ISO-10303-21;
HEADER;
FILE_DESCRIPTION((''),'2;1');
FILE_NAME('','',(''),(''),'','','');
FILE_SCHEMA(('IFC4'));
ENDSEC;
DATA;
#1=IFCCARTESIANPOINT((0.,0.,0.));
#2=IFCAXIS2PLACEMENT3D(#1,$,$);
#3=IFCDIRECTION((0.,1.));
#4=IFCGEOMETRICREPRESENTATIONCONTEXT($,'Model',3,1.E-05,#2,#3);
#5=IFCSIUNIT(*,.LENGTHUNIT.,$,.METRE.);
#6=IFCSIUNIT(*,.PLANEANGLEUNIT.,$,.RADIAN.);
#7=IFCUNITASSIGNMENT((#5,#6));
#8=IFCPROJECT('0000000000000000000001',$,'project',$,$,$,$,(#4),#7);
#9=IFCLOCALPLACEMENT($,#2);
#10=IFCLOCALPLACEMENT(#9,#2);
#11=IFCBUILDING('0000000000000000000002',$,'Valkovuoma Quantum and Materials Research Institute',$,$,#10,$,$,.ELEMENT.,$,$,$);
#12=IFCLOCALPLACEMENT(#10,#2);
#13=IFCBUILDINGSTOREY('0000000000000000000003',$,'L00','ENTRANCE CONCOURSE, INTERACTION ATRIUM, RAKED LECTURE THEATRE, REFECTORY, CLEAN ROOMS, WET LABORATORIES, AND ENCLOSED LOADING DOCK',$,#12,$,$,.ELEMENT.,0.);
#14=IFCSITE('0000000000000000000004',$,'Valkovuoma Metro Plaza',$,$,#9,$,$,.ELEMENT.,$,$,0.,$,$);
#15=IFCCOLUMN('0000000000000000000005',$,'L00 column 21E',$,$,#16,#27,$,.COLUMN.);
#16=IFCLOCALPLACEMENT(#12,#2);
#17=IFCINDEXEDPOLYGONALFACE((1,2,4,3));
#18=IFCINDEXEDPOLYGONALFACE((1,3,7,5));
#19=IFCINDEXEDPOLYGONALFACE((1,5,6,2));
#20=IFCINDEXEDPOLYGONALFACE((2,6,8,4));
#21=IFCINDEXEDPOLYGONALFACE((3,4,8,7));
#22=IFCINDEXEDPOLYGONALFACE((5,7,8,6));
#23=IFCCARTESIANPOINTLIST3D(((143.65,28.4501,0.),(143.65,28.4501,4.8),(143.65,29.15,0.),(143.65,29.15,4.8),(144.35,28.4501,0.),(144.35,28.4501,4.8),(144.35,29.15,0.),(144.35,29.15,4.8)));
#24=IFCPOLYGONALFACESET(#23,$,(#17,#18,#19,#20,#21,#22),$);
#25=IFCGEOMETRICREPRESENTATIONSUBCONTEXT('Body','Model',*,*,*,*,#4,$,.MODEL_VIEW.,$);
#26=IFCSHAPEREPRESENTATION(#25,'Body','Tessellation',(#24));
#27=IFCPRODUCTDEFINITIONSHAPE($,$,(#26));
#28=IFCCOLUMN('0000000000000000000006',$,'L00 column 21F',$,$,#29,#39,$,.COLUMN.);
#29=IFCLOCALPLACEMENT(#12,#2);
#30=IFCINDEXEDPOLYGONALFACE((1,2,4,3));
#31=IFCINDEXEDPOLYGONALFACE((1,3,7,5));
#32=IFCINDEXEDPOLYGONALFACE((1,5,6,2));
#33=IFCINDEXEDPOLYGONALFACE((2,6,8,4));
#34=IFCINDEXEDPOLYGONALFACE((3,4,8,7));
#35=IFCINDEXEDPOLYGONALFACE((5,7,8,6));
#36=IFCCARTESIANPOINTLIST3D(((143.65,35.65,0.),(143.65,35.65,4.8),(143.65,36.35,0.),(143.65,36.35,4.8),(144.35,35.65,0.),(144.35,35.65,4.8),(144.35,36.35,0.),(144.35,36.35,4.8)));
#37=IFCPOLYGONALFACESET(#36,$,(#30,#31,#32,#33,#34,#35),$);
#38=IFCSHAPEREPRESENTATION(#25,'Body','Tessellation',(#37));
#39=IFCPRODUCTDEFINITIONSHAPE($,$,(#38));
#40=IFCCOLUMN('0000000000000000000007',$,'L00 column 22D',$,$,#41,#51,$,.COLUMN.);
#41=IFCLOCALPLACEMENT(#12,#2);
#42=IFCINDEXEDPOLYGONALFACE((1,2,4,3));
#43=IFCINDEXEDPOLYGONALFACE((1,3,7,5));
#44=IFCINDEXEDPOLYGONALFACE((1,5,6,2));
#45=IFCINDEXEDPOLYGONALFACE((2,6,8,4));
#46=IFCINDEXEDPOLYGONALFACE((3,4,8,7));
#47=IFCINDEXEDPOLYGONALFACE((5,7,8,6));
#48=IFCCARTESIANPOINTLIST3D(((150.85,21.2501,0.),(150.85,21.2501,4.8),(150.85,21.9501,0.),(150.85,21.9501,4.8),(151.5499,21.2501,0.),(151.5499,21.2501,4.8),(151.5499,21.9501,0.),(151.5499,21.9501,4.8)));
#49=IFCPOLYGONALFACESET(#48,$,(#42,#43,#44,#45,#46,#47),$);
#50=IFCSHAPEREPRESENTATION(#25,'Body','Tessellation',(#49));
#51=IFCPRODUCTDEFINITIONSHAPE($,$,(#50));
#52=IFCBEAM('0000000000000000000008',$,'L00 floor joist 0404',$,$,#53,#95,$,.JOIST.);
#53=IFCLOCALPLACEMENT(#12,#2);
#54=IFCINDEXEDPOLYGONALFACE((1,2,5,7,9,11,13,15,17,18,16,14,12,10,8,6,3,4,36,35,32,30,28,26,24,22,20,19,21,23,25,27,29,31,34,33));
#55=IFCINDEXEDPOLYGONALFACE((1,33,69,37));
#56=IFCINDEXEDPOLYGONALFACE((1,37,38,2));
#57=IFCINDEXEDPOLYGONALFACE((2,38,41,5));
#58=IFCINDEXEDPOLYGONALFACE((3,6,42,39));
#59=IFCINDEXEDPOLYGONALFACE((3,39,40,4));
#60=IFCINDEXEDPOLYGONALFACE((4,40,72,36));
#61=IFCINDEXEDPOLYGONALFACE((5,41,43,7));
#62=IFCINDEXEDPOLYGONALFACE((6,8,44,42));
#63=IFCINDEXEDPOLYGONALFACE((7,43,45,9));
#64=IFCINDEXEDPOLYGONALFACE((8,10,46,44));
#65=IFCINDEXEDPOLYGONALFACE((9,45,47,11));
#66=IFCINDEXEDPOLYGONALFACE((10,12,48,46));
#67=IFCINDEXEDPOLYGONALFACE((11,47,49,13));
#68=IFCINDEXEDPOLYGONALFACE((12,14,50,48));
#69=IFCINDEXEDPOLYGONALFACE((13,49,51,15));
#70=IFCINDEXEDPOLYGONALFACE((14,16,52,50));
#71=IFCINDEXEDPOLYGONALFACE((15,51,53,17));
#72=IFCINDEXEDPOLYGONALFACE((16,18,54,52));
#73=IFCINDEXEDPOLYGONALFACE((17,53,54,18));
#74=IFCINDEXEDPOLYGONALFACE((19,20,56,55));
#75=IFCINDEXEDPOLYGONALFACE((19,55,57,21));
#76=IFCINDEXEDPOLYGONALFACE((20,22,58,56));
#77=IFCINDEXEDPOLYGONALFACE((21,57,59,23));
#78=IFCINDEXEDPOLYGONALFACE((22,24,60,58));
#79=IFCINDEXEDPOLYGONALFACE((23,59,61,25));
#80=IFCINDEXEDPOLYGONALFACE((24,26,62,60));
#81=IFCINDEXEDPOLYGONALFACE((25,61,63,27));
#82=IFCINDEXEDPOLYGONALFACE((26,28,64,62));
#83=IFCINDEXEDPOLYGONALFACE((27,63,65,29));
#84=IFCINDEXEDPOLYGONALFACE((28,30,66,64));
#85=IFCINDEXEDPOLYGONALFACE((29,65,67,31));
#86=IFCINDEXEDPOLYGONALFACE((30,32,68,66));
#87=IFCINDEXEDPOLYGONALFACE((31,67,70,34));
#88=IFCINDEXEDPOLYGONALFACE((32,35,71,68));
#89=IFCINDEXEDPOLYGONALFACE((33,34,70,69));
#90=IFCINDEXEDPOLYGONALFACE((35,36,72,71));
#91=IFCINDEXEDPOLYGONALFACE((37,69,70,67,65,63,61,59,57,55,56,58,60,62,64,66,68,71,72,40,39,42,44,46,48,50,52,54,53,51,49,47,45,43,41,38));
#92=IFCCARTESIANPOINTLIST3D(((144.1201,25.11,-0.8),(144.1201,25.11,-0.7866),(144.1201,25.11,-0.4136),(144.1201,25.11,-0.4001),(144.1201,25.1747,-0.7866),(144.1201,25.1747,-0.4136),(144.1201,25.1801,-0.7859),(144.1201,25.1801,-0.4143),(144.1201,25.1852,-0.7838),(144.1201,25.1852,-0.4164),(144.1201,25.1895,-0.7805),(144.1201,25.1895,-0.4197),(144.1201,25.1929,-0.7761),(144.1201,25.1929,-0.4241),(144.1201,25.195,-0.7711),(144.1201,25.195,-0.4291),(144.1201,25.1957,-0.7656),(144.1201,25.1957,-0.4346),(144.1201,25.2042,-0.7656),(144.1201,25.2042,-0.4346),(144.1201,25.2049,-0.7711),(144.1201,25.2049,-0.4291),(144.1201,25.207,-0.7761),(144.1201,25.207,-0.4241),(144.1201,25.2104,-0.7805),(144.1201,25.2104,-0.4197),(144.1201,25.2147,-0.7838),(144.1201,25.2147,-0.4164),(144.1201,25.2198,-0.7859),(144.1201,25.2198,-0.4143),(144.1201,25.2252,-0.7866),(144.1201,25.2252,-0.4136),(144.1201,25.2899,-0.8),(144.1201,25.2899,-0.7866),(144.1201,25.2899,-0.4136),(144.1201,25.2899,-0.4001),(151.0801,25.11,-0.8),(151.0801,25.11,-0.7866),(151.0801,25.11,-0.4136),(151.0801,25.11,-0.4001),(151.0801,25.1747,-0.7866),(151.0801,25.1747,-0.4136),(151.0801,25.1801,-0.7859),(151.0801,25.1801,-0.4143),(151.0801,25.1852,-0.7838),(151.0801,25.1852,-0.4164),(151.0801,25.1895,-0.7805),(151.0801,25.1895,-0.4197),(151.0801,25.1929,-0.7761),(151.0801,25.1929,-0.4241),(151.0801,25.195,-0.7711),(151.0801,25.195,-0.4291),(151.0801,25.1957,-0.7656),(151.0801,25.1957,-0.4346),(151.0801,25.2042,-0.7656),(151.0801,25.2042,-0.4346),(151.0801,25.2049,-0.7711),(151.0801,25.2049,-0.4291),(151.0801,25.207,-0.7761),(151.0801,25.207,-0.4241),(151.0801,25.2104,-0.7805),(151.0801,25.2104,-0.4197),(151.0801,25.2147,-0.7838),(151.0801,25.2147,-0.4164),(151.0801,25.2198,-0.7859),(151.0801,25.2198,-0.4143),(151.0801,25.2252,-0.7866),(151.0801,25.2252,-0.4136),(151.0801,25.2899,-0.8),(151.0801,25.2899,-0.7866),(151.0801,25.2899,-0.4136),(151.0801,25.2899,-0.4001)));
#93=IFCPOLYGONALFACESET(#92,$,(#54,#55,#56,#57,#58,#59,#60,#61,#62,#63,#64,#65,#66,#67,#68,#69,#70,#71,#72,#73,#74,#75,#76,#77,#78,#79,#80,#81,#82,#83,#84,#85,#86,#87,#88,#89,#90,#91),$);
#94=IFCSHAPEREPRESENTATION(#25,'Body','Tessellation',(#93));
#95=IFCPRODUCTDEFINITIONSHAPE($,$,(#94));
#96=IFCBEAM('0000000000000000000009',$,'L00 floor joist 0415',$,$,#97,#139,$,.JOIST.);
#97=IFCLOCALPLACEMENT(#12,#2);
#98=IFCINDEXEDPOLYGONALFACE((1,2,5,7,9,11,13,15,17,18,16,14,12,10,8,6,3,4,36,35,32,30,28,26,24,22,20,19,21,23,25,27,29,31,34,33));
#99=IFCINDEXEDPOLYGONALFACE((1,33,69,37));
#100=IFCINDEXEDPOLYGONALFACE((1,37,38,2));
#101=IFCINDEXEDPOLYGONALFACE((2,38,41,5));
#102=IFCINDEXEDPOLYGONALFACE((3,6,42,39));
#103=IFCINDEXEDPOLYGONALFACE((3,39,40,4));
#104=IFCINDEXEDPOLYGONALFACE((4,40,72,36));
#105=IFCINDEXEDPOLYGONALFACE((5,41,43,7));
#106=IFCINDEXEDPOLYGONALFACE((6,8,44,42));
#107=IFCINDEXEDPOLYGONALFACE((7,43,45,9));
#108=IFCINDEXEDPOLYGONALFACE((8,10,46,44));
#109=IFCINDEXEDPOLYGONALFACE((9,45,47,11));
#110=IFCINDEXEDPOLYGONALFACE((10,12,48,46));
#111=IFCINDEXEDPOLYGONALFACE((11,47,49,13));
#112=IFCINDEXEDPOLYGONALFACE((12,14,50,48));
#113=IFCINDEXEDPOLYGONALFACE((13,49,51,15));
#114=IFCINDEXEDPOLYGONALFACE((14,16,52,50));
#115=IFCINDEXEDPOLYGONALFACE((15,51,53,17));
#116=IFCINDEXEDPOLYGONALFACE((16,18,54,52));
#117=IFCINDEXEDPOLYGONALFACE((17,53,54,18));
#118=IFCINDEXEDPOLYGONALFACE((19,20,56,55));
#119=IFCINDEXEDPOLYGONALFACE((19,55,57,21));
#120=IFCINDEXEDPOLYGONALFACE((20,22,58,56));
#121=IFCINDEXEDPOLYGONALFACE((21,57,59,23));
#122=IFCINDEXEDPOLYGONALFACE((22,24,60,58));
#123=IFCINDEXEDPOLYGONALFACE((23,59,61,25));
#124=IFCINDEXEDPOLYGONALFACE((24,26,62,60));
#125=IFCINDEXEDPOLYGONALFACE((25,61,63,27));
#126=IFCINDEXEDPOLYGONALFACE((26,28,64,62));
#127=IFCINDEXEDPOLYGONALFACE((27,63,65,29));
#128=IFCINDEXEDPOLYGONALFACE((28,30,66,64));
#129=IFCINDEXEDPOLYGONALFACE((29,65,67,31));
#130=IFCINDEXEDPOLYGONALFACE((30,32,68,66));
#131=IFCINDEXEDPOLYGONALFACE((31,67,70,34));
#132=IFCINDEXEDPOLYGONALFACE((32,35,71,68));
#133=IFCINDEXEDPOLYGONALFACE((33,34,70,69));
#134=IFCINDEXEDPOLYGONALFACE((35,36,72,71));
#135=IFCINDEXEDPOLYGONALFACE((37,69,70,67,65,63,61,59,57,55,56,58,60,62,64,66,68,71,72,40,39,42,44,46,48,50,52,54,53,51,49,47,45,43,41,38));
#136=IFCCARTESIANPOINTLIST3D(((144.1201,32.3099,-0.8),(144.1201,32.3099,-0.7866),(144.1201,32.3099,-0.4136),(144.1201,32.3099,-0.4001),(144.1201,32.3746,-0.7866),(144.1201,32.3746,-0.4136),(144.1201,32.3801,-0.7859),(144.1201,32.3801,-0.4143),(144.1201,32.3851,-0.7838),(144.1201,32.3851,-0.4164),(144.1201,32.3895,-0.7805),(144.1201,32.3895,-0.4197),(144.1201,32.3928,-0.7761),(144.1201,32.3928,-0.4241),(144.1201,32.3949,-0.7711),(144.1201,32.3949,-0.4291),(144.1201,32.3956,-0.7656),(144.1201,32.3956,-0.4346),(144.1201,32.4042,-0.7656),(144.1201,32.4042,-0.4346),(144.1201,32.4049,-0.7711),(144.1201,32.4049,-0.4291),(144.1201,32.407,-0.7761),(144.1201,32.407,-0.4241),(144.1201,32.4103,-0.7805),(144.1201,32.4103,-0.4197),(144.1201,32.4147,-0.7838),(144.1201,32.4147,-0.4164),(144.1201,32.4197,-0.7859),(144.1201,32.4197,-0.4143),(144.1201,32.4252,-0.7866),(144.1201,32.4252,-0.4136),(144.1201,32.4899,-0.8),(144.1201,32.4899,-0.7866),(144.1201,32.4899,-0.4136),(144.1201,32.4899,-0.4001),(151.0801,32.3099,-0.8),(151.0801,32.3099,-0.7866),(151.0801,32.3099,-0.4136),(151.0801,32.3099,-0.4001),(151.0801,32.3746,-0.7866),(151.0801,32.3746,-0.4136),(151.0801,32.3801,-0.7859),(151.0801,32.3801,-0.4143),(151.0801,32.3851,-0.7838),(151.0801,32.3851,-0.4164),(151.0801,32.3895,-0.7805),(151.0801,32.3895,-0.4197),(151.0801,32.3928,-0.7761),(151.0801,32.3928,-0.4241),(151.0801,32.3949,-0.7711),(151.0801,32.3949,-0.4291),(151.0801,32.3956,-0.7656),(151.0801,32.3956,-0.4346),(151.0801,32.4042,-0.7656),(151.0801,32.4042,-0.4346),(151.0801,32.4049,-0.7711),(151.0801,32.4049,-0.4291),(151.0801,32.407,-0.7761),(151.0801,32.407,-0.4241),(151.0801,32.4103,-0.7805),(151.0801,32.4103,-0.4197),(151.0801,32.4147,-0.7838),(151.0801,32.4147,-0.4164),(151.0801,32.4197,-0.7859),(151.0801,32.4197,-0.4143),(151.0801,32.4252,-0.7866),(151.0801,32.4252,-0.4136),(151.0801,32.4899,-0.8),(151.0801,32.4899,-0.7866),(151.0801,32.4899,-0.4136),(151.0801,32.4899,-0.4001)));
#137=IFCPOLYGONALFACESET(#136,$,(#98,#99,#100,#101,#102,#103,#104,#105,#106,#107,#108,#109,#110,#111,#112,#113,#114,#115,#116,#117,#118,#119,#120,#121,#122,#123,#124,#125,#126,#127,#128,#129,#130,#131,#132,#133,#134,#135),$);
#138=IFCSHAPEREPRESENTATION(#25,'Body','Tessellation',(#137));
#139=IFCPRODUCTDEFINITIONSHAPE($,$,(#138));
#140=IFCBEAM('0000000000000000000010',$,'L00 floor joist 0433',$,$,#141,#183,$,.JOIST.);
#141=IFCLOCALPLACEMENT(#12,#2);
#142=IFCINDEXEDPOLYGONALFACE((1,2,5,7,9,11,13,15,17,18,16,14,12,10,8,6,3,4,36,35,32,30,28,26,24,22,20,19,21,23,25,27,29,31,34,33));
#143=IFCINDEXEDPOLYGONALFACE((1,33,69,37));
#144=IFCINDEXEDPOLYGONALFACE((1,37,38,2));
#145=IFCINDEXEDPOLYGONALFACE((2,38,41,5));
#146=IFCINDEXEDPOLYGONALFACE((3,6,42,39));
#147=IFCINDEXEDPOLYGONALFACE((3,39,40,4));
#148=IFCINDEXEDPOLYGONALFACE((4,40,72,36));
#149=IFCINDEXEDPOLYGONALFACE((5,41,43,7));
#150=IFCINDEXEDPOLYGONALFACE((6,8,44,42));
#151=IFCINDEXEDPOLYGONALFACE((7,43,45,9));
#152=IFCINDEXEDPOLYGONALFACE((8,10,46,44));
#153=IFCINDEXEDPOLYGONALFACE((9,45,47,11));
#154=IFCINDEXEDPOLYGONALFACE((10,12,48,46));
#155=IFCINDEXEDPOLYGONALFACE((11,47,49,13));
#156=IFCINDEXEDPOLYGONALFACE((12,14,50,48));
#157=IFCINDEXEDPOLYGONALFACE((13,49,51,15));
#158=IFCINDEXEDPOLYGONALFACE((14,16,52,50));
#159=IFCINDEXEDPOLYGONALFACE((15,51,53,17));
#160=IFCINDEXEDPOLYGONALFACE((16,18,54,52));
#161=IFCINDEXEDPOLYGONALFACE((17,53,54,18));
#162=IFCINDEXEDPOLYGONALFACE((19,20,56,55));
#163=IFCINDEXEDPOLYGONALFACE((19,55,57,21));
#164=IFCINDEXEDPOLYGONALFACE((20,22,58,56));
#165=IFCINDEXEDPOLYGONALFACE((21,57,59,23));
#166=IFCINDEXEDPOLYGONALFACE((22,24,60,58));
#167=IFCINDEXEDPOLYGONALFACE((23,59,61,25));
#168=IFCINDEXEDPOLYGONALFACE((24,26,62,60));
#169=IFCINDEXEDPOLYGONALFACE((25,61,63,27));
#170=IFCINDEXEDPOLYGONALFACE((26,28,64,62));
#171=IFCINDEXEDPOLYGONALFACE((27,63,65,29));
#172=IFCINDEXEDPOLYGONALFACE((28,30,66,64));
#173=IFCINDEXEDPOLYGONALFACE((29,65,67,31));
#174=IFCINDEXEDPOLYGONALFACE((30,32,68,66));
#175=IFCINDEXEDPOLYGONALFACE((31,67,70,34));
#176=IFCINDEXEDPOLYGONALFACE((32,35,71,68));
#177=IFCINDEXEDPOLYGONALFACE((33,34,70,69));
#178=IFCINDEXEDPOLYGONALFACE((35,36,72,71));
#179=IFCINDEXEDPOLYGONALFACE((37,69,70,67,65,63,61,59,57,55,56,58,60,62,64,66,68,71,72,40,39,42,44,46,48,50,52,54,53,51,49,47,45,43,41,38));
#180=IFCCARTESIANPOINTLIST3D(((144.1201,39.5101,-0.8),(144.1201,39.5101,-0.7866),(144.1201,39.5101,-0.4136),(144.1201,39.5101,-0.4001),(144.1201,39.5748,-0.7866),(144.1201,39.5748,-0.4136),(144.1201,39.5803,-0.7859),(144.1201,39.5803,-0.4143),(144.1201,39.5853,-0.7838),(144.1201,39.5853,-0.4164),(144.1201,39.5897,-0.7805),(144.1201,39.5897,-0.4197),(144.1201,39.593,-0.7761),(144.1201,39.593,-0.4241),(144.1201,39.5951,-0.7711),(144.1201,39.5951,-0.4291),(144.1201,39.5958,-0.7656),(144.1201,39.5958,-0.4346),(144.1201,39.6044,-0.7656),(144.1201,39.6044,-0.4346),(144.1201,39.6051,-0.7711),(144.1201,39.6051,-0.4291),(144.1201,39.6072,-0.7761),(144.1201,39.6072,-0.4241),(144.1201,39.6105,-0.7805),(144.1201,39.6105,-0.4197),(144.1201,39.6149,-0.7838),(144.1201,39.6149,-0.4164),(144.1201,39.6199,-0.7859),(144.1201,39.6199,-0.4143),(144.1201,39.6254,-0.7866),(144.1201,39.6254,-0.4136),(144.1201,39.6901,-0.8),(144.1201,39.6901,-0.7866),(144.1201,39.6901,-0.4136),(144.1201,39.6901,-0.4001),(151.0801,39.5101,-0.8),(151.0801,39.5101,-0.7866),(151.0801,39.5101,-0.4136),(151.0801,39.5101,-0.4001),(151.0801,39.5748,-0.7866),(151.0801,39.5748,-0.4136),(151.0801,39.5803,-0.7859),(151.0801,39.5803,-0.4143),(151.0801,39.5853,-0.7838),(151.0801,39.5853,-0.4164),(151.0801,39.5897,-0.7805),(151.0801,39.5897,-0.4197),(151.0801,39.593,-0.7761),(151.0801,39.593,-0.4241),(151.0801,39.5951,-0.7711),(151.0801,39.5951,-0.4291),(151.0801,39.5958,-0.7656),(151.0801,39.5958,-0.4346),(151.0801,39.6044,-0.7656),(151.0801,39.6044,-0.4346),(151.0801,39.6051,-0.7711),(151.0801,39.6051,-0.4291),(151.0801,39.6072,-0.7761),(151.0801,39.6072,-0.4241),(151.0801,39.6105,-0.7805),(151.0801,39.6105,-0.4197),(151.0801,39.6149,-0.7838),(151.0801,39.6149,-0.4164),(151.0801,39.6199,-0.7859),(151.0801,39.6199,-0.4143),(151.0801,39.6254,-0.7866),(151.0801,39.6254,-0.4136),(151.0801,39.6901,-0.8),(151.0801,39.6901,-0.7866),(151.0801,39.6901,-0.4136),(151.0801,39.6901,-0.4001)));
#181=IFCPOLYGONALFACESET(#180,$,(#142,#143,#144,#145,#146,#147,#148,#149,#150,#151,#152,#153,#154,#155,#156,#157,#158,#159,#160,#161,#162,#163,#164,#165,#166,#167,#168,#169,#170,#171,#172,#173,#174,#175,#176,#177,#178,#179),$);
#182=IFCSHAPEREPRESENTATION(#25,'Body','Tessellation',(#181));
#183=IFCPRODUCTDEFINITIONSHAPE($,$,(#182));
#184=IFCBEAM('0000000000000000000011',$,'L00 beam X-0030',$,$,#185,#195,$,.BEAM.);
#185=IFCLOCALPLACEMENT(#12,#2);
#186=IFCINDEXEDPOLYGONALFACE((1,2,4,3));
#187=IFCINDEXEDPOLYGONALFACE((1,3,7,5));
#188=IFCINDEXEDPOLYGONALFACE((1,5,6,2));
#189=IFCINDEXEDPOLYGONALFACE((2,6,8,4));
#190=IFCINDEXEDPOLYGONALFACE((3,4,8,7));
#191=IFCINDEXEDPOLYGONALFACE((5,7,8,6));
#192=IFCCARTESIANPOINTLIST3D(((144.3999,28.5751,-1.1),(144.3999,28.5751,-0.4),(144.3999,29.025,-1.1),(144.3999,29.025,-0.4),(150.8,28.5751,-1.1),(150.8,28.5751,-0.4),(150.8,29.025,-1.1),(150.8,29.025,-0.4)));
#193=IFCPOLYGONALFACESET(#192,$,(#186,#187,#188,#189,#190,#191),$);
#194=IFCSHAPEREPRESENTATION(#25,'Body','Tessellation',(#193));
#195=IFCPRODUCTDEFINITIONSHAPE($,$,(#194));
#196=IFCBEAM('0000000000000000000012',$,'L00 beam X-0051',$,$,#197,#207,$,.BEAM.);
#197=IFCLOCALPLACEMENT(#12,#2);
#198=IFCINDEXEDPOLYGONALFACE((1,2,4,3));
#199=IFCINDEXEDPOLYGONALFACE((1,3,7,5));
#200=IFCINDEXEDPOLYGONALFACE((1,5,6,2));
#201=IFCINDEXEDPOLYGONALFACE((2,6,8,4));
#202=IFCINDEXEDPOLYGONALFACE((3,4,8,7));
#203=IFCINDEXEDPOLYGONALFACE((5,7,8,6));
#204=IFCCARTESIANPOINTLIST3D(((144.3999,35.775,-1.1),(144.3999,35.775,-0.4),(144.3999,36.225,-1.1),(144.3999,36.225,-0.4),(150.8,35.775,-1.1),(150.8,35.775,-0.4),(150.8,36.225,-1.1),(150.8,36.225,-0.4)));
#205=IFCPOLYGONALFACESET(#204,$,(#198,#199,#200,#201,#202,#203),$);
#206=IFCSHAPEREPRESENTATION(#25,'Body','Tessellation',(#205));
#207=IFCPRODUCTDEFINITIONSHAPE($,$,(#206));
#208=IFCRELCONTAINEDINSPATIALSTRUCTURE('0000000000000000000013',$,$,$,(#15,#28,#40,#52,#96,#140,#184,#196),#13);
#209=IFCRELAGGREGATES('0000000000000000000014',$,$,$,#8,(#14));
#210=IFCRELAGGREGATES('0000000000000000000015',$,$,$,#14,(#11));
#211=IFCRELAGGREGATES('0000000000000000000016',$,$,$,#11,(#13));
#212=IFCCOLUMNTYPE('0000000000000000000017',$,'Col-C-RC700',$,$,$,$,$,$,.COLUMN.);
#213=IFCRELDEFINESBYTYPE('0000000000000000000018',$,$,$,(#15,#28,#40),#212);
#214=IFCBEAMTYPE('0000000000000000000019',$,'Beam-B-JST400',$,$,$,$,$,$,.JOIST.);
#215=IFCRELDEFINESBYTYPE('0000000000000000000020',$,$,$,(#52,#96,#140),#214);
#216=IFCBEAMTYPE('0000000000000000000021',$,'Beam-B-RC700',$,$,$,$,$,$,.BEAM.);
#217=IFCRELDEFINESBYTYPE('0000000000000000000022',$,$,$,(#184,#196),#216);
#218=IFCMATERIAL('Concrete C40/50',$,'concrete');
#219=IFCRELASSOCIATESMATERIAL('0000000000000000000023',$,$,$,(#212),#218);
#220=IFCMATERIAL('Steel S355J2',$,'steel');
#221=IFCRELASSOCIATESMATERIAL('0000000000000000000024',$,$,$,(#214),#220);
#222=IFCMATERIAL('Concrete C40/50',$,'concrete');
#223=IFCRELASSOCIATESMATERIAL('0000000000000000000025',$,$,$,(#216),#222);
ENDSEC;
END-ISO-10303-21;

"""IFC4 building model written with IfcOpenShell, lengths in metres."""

from ifc_helpers import new_model, si_unit, direction, frame, origin, origin_2d, place, context, subcontext, project, spatial, rectangle, i_section, extrude, material, material_profile, profile_set, type_object, element, save


model = new_model("IFC4")

# Units and contexts
model_context = context("Model", 3, precision=1e-05, world=origin(), true_north=direction((0.0, 1.0)))
body_context = subcontext(model_context, "Body", "Model", "MODEL_VIEW")
ifc_project = project(units=[si_unit("LENGTHUNIT", "METRE"), si_unit("PLANEANGLEUNIT", "RADIAN")], contexts=[model_context])

# Site, building, storey
site_placement = place(None, origin())
site = spatial("IfcSite", under=ifc_project, at=site_placement, Name="Valkovuoma Metro Plaza", CompositionType="ELEMENT", RefElevation=0.0)
building_placement = place(site_placement, origin())
building = spatial("IfcBuilding", under=site, at=building_placement, Name="Valkovuoma Quantum and Materials Research Institute", CompositionType="ELEMENT")
storey_placement = place(building_placement, origin())
storey = spatial("IfcBuildingStorey", under=building, at=storey_placement, Name="L00", Description="ENTRANCE CONCOURSE, INTERACTION ATRIUM, RAKED LECTURE THEATRE, REFECTORY, CLEAN ROOMS, WET LABORATORIES, AND ENCLOSED LOADING DOCK", CompositionType="ELEMENT", Elevation=0.0)

# Columns
ifc_material_1 = material(Name="Concrete C40/50", Category="concrete")
ifc_material_profile_1 = material_profile(ifc_material_1, rectangle(XDim=0.7, YDim=0.7, at=origin_2d()), Name="Concrete C40/50")
ifc_profile_set_1 = profile_set([ifc_material_profile_1], Name="Concrete C40/50")
column_type = type_object("IfcColumnType", Name="Col-C-RC700", PredefinedType="COLUMN", material=ifc_profile_set_1)
for number, where, z_axis, x_axis, name in (
    (1, (144.0, 28.8, 0.0), (0.0, 0.0, 1.0), (1.0, 0.0, 0.0), "L00 column 21E"),
    (2, (144.0, 36.0, 0.0), (0.0, 0.0, 1.0), (1.0, 0.0, 0.0), "L00 column 21F"),
    (3, (151.2, 21.6001, 0.0), (0.0, 0.0, 1.0), (1.0, 0.0, 0.0), "L00 column 22D"),
):
    element("IfcColumn", number, at=place(storey_placement, frame(where, z_axis=z_axis, x_axis=x_axis)), inside=storey, type_object=column_type, Name=name, PredefinedType="COLUMN", context=body_context, shape_type="SweptSolid", body=[
        extrude(rectangle(XDim=0.7, YDim=0.7, at=origin_2d()), origin(), (0.0, 0.0, 1.0), 4.8),
    ])

# Beams
ifc_material_2 = material(Name="Steel S355J2", Category="steel")
ifc_material_profile_2 = material_profile(ifc_material_2, i_section(OverallWidth=0.1799, OverallDepth=0.3999, WebThickness=0.0085, FlangeThickness=0.0134, FilletRadius=0.021, at=origin_2d()), Name="Steel S355J2")
ifc_profile_set_2 = profile_set([ifc_material_profile_2], Name="Steel S355J2")
beam_type_1 = type_object("IfcBeamType", Name="Beam-B-JST400", PredefinedType="JOIST", material=ifc_profile_set_2)
for number, where, z_axis, x_axis, name in (
    (4, (144.1201, 25.2, -0.6001), (1.0, 0.0, 0.0), (0.0, 1.0, 0.0), "L00 floor joist 0404"),
    (5, (144.1201, 32.3999, -0.6001), (1.0, 0.0, 0.0), (0.0, 1.0, 0.0), "L00 floor joist 0415"),
    (6, (144.1201, 39.6001, -0.6001), (1.0, 0.0, 0.0), (0.0, 1.0, 0.0), "L00 floor joist 0433"),
):
    element("IfcBeam", number, at=place(storey_placement, frame(where, z_axis=z_axis, x_axis=x_axis)), inside=storey, type_object=beam_type_1, Name=name, PredefinedType="JOIST", context=body_context, shape_type="SweptSolid", body=[
        extrude(i_section(OverallWidth=0.1799, OverallDepth=0.3999, WebThickness=0.0085, FlangeThickness=0.0134, FilletRadius=0.021, at=origin_2d()), origin(), (0.0, 0.0, 1.0), 6.96),
    ])
ifc_material_3 = material(Name="Concrete C40/50", Category="concrete")
ifc_material_profile_3 = material_profile(ifc_material_3, rectangle(XDim=0.45, YDim=0.7, at=origin_2d()), Name="Concrete C40/50")
ifc_profile_set_3 = profile_set([ifc_material_profile_3], Name="Concrete C40/50")
beam_type_2 = type_object("IfcBeamType", Name="Beam-B-RC700", PredefinedType="BEAM", material=ifc_profile_set_3)
for number, where, z_axis, x_axis, name in (
    (7, (144.3999, 28.8, -0.75), (1.0, 0.0, 0.0), (0.0, 1.0, 0.0), "L00 beam X-0030"),
    (8, (144.3999, 36.0, -0.75), (1.0, 0.0, 0.0), (0.0, 1.0, 0.0), "L00 beam X-0051"),
):
    element("IfcBeam", number, at=place(storey_placement, frame(where, z_axis=z_axis, x_axis=x_axis)), inside=storey, type_object=beam_type_2, Name=name, PredefinedType="BEAM", context=body_context, shape_type="SweptSolid", body=[
        extrude(rectangle(XDim=0.45, YDim=0.7, at=origin_2d()), origin(), (0.0, 0.0, 1.0), 6.4001),
    ])

save(model, "model.ifc")
